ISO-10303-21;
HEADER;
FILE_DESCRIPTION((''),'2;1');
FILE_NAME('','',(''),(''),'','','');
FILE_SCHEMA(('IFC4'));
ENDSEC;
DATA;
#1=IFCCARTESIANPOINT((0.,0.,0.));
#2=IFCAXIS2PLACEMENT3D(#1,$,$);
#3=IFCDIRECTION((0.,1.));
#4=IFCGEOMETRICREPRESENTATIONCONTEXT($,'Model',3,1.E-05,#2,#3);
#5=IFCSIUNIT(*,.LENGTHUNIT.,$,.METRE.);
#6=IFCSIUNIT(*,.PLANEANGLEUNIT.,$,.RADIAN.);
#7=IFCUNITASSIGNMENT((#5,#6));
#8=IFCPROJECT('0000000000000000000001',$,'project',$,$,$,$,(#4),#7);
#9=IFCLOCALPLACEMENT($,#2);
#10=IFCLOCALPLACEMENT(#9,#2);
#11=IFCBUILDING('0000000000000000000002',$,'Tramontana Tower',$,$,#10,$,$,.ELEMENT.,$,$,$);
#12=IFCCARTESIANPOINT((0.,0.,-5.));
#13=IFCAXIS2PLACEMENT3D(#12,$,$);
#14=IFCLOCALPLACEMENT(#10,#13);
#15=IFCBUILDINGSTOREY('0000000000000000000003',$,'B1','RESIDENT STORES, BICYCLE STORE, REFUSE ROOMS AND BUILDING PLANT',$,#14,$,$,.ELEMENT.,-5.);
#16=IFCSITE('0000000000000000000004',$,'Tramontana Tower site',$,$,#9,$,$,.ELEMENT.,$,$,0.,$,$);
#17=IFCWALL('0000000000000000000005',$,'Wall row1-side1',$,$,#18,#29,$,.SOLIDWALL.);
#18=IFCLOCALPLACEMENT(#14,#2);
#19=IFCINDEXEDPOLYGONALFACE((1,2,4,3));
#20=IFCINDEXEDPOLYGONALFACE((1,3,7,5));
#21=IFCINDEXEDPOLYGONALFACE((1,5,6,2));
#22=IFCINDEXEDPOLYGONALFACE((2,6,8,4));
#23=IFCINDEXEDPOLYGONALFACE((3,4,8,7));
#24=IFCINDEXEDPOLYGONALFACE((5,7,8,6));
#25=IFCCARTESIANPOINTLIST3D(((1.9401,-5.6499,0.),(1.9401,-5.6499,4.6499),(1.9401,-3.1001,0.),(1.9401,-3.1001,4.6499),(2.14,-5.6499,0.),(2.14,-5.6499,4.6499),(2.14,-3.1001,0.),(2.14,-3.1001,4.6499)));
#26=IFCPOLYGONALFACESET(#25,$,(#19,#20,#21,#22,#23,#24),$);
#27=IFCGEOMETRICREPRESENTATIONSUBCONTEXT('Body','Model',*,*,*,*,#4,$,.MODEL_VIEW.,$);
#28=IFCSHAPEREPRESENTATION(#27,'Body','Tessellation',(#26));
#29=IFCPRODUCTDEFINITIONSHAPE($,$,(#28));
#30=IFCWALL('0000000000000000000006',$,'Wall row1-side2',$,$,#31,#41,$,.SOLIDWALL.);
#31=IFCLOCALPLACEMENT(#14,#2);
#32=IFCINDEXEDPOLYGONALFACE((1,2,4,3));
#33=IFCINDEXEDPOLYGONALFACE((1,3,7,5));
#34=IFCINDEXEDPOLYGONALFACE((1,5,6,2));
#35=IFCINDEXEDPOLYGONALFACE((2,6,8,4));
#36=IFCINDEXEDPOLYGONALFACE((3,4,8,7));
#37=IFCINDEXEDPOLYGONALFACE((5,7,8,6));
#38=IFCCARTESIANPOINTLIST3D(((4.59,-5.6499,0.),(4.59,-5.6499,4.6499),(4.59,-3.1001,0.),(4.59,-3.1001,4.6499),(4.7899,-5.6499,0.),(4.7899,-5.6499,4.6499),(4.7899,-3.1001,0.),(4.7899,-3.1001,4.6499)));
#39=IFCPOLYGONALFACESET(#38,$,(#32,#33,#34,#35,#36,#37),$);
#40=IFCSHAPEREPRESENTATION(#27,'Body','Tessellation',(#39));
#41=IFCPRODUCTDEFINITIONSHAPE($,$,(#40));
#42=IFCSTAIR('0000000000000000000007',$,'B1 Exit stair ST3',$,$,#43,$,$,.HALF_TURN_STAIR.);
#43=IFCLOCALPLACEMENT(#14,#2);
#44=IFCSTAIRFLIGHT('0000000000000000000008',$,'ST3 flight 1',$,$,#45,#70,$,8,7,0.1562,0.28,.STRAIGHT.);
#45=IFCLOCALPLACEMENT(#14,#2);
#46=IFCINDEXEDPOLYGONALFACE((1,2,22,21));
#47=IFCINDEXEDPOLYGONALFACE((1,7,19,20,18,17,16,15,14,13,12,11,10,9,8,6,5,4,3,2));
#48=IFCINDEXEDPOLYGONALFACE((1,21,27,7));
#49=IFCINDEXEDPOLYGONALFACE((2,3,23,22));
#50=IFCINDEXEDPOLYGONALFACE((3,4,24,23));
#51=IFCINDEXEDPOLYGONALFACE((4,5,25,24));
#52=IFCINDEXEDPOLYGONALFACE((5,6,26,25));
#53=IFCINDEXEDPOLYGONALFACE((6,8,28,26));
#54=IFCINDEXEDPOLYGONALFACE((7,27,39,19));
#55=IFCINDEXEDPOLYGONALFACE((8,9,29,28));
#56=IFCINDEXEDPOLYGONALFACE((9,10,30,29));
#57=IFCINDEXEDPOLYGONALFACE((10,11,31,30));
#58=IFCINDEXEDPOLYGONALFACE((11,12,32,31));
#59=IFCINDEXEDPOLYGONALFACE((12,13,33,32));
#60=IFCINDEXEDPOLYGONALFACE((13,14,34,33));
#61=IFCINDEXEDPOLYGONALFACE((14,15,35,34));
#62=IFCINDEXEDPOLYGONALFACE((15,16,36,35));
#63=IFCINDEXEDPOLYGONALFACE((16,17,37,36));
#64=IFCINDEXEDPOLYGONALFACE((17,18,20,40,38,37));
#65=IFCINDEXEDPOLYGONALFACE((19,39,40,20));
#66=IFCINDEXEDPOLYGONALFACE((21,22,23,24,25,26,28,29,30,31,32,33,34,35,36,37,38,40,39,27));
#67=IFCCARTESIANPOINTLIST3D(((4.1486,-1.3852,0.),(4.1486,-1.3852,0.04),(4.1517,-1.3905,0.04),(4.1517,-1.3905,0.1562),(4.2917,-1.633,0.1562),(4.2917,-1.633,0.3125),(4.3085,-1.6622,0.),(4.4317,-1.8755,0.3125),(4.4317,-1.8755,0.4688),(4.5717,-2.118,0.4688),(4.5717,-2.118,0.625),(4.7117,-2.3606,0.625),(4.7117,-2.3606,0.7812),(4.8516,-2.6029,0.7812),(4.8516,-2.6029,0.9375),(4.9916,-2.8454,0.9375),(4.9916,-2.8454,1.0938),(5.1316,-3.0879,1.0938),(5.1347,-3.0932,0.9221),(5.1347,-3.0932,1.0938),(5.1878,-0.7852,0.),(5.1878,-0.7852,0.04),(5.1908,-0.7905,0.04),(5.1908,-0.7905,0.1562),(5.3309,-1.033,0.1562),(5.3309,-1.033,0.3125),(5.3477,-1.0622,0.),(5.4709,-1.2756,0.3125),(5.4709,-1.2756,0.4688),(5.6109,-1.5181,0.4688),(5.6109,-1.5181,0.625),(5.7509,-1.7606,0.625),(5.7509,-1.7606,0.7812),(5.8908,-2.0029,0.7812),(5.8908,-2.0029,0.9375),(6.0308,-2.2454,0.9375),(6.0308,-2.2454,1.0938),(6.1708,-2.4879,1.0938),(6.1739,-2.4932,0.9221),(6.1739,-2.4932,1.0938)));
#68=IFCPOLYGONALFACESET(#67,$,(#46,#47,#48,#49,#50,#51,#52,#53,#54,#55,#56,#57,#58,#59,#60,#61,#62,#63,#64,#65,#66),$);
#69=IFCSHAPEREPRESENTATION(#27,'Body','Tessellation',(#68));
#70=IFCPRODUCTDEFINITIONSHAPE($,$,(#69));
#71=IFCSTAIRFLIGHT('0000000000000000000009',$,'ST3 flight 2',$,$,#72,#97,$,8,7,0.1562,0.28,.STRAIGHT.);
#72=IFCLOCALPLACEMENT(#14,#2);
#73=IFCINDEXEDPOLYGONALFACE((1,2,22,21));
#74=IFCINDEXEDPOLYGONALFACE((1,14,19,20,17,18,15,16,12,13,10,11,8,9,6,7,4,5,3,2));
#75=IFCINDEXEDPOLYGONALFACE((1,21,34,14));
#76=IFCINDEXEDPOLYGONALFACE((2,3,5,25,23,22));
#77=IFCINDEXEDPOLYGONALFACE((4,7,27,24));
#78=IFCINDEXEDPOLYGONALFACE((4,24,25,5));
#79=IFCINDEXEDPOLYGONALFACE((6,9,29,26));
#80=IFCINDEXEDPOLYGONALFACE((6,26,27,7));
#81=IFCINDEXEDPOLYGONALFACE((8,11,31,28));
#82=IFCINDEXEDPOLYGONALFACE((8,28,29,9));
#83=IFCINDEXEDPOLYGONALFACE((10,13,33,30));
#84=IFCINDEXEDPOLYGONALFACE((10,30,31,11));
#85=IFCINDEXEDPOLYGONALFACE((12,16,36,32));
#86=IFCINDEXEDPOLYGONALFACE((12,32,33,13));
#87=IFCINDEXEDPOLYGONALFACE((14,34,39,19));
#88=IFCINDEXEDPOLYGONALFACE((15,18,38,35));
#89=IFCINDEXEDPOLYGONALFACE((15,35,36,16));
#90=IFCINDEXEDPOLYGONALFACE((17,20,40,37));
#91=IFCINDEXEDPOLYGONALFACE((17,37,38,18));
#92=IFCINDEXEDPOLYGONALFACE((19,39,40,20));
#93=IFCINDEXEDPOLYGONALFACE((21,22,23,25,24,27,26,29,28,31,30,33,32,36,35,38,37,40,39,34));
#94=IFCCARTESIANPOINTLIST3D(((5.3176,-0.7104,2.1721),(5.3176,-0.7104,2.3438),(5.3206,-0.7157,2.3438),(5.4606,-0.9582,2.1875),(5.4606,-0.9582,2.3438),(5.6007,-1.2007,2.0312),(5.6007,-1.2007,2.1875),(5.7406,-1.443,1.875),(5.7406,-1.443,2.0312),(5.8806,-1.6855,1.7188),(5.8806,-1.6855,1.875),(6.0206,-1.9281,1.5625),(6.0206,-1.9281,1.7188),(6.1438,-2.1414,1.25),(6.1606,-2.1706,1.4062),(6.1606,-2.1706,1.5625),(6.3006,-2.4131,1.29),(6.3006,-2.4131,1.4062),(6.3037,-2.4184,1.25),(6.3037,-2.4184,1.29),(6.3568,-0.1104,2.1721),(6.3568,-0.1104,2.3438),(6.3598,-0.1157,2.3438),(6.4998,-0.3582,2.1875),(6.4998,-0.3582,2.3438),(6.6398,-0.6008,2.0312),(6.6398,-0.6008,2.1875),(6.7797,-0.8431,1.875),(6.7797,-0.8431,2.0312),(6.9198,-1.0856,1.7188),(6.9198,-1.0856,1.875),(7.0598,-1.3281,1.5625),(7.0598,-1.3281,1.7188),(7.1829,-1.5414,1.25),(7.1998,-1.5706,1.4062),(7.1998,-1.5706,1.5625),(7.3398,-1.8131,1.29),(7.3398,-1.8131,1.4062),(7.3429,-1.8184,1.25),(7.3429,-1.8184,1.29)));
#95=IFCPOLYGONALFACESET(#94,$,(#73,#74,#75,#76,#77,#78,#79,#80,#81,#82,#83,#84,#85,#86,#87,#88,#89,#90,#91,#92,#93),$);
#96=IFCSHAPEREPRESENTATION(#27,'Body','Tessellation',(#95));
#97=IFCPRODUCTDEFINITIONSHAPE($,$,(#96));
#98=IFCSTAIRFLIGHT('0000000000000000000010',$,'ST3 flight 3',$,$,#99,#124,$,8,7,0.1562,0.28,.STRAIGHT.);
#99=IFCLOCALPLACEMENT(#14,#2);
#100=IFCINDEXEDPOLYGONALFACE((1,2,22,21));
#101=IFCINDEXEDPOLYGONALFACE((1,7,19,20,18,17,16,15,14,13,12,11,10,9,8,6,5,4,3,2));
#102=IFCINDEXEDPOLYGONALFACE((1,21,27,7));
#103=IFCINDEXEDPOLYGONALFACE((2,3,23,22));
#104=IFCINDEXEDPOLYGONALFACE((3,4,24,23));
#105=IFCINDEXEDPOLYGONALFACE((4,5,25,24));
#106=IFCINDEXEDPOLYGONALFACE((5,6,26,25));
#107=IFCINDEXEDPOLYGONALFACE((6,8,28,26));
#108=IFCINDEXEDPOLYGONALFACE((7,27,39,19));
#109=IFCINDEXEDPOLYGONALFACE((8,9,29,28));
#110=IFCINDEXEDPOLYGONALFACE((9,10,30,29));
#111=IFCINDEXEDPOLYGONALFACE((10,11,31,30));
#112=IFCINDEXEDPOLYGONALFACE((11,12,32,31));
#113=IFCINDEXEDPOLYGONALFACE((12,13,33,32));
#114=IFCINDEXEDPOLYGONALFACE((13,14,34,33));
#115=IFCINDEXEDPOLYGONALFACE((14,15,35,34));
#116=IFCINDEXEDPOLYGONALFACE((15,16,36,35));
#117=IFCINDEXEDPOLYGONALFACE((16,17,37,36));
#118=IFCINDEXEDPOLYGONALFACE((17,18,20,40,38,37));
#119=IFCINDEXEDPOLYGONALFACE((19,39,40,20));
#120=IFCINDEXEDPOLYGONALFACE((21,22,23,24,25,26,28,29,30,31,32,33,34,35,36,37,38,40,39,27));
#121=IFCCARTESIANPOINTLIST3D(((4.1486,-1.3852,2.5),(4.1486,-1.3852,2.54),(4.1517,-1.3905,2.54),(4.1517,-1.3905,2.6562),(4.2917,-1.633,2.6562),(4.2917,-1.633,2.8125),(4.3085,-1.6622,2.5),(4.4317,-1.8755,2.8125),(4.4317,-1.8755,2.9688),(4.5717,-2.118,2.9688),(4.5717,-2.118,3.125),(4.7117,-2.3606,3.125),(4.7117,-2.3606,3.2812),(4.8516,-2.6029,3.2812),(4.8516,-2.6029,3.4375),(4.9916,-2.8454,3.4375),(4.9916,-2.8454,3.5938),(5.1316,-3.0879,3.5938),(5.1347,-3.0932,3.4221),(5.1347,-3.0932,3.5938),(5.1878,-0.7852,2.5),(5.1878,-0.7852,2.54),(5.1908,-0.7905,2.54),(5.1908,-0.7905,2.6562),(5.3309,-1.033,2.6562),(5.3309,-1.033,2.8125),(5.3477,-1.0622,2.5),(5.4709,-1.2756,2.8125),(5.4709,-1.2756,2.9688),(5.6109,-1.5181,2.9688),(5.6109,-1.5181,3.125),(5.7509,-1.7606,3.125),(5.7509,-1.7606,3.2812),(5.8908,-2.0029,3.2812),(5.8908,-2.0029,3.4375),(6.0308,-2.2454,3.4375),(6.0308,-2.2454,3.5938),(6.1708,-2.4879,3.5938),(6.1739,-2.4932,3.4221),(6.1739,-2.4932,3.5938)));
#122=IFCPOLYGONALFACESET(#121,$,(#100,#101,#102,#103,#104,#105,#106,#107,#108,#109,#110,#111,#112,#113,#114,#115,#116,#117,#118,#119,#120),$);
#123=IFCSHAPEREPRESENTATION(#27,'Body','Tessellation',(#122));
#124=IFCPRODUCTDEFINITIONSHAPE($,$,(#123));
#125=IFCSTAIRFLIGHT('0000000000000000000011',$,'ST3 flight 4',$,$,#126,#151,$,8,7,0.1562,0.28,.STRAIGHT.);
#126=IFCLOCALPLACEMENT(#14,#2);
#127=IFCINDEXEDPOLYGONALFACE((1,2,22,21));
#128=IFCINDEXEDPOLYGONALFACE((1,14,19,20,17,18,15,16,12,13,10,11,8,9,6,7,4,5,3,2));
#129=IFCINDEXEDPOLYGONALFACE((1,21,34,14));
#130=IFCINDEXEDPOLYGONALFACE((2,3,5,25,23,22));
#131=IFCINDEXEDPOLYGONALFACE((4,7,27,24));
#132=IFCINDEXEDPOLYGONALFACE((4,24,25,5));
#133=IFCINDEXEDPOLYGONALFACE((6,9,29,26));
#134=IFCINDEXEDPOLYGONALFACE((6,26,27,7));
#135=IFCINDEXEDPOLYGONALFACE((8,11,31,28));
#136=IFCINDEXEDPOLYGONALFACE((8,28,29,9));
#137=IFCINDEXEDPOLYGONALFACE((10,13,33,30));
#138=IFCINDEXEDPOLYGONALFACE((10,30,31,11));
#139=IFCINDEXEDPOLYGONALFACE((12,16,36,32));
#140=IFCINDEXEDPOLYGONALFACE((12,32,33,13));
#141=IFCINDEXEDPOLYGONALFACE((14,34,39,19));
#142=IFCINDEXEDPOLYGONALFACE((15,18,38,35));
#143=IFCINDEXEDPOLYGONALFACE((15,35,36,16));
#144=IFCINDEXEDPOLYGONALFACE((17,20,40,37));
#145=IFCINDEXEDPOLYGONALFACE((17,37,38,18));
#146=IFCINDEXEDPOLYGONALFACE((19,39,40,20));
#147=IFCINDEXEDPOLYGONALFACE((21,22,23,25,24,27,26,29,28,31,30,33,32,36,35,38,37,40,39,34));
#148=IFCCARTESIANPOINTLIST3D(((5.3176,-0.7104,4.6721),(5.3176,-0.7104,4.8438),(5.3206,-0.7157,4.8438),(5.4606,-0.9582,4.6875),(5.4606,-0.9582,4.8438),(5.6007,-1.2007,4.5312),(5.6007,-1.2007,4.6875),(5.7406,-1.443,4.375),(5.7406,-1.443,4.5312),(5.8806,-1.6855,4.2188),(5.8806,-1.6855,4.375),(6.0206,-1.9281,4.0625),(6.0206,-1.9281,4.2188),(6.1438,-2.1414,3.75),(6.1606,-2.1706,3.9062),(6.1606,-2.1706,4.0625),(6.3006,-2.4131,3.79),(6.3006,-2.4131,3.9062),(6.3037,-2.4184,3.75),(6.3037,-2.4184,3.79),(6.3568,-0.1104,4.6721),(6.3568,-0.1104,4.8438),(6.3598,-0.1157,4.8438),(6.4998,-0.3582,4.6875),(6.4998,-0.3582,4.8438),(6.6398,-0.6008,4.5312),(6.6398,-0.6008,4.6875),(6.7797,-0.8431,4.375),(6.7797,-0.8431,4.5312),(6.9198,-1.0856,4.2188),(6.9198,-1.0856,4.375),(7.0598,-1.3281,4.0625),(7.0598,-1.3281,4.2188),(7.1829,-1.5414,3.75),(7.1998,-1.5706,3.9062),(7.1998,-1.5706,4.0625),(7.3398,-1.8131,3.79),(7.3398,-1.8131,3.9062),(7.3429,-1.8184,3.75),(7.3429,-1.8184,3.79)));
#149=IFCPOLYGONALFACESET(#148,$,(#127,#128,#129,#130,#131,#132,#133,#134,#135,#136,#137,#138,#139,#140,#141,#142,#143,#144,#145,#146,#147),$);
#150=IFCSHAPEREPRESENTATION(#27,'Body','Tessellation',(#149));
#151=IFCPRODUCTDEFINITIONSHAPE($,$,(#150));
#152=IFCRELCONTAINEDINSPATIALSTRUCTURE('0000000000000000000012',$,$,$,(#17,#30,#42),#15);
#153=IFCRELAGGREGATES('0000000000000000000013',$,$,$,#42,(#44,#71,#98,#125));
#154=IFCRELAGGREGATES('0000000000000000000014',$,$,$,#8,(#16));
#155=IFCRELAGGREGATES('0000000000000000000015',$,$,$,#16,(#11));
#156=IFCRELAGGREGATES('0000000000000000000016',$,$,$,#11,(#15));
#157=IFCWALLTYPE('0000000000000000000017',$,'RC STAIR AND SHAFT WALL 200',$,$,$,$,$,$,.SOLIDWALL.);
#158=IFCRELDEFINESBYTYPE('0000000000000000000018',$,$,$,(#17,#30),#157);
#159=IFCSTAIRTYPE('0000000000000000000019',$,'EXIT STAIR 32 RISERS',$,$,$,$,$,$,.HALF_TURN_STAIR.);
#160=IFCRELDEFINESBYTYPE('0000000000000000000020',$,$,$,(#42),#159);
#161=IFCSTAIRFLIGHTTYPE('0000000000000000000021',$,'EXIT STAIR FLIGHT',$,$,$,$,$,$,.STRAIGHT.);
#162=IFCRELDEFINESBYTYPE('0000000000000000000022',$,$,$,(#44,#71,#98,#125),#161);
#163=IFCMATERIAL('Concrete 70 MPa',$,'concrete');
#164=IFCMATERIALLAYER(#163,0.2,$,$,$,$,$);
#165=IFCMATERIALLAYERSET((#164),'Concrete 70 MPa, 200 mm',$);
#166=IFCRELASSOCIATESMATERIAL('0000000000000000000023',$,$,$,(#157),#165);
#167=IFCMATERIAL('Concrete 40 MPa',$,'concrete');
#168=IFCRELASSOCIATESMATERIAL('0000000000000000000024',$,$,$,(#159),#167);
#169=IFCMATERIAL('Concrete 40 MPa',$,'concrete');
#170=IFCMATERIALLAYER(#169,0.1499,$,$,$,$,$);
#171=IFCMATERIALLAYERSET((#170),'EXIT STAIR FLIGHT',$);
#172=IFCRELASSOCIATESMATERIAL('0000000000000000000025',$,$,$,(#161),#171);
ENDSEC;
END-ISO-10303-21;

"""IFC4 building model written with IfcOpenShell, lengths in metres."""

from ifc_helpers import new_model, si_unit, direction, frame, frame_2d, origin, place, context, subcontext, project, spatial, polyline, rectangle, outline, extrude, material, layer, layer_set, type_object, element, aggregate, save


model = new_model("IFC4")

# Units and contexts
model_context = context("Model", 3, precision=1e-05, world=origin(), true_north=direction((0.0, 1.0)))
body_context = subcontext(model_context, "Body", "Model", "MODEL_VIEW")
ifc_project = project(units=[si_unit("LENGTHUNIT", "METRE"), si_unit("PLANEANGLEUNIT", "RADIAN")], contexts=[model_context])

# Site, building, storey
site_placement = place(None, origin())
site = spatial("IfcSite", under=ifc_project, at=site_placement, Name="Tramontana Tower site", CompositionType="ELEMENT", RefElevation=0.0)
building_placement = place(site_placement, origin())
building = spatial("IfcBuilding", under=site, at=building_placement, Name="Tramontana Tower", CompositionType="ELEMENT")
storey_placement = place(building_placement, frame((0.0, 0.0, -5.0)))
storey = spatial("IfcBuildingStorey", under=building, at=storey_placement, Name="B1", Description="RESIDENT STORES, BICYCLE STORE, REFUSE ROOMS AND BUILDING PLANT", CompositionType="ELEMENT", Elevation=-5.0)

# Walls
ifc_material_1 = material(Name="Concrete 70 MPa", Category="concrete")
ifc_layer_1 = layer(ifc_material_1, 0.2)
ifc_layer_set_1 = layer_set([ifc_layer_1], Name="Concrete 70 MPa, 200 mm")
wall_type_1 = type_object("IfcWallType", Name="RC STAIR AND SHAFT WALL 200", PredefinedType="SOLIDWALL", material=ifc_layer_set_1)
for number, where, z_axis, x_axis, name in (
    (1, (2.04, -3.1001, 0.0), (0.0, 0.0, 1.0), (0.0, -1.0, 0.0), "Wall row1-side1"),
    (2, (4.6899, -3.1001, 0.0), (0.0, 0.0, 1.0), (0.0, -1.0, 0.0), "Wall row1-side2"),
):
    element("IfcWall", number, at=place(storey_placement, frame(where, z_axis=z_axis, x_axis=x_axis)), inside=storey, type_object=wall_type_1, Name=name, PredefinedType="SOLIDWALL", context=body_context, shape_type="SweptSolid", body=[
        extrude(rectangle(XDim=2.5498, YDim=0.2, at=frame_2d((1.2749, 0.0))), origin(), (0.0, 0.0, 1.0), 4.6499),
    ])

# Stair, stair flights
ifc_material_2 = material(Name="Concrete 40 MPa", Category="concrete")
stair_type = type_object("IfcStairType", Name="EXIT STAIR 32 RISERS", PredefinedType="HALF_TURN_STAIR", material=ifc_material_2)
stair_placement = place(storey_placement, origin())
stair = element("IfcStair", 3, at=stair_placement, inside=storey, type_object=stair_type, Name="B1 Exit stair ST3", PredefinedType="HALF_TURN_STAIR")
ifc_material_3 = material(Name="Concrete 40 MPa", Category="concrete")
ifc_layer_2 = layer(ifc_material_3, 0.1499)
ifc_layer_set_2 = layer_set([ifc_layer_2], Name="EXIT STAIR FLIGHT")
stair_flight_type = type_object("IfcStairFlightType", Name="EXIT STAIR FLIGHT", PredefinedType="STRAIGHT", material=ifc_layer_set_2)
stair_flight_1_placement = place(storey_placement, frame((4.6711, -1.0906, 0.0), z_axis=(0.0, 0.0, 1.0), x_axis=(0.5, -0.866025, 0.0)))
stair_flight_1 = element("IfcStairFlight", 4, at=stair_flight_1_placement, type_object=stair_flight_type, Name="ST3 flight 1", NumberOfRisers=8, NumberOfTreads=7, PredefinedType="STRAIGHT", RiserHeight=0.1562, TreadLength=0.28, context=body_context, shape_type="SweptSolid", body=[
    extrude(outline(polyline([(-0.0061, 0.0), (-0.0061, 0.04), (0.0, 0.04), (0.0, 0.1562), (0.28, 0.1562), (0.28, 0.3125), (0.5601, 0.3125), (0.5601, 0.4688), (0.8401, 0.4688), (0.8401, 0.625), (1.1201, 0.625), (1.1201, 0.7812), (1.3999, 0.7812), (1.3999, 0.9375), (1.6799, 0.9375), (1.6799, 1.0938), (1.96, 1.0938), (1.9661, 1.0938), (1.9661, 0.9221), (0.3137, 0.0), (-0.0061, 0.0)])), frame((0.0, 0.6001, 0.0), z_axis=(0.0, -1.0, 0.0), x_axis=(1.0, 0.0, 0.0)), (0.0, 0.0, 1.0), 1.2),
])
stair_flight_2_placement = place(storey_placement, frame((6.8203, -2.113, 1.25), z_axis=(0.0, 0.0, 1.0), x_axis=(-0.5, 0.866025, 0.0)))
stair_flight_2 = element("IfcStairFlight", 5, at=stair_flight_2_placement, type_object=stair_flight_type, Name="ST3 flight 2", NumberOfRisers=8, NumberOfTreads=7, PredefinedType="STRAIGHT", RiserHeight=0.1562, TreadLength=0.28, context=body_context, shape_type="SweptSolid", body=[
    extrude(outline(polyline([(-0.0061, 0.0), (-0.0061, 0.04), (0.0, 0.04), (0.0, 0.1562), (0.28, 0.1562), (0.28, 0.3125), (0.5601, 0.3125), (0.5601, 0.4688), (0.8401, 0.4688), (0.8401, 0.625), (1.1201, 0.625), (1.1201, 0.7812), (1.3999, 0.7812), (1.3999, 0.9375), (1.6799, 0.9375), (1.6799, 1.0938), (1.96, 1.0938), (1.9661, 1.0938), (1.9661, 0.9221), (0.3137, 0.0), (-0.0061, 0.0)])), frame((0.0, 0.6001, 0.0), z_axis=(0.0, -1.0, 0.0), x_axis=(1.0, 0.0, 0.0)), (0.0, 0.0, 1.0), 1.2),
])
stair_flight_3_placement = place(storey_placement, frame((4.6711, -1.0906, 2.5), z_axis=(0.0, 0.0, 1.0), x_axis=(0.5, -0.866025, 0.0)))
stair_flight_3 = element("IfcStairFlight", 6, at=stair_flight_3_placement, type_object=stair_flight_type, Name="ST3 flight 3", NumberOfRisers=8, NumberOfTreads=7, PredefinedType="STRAIGHT", RiserHeight=0.1562, TreadLength=0.28, context=body_context, shape_type="SweptSolid", body=[
    extrude(outline(polyline([(-0.0061, 0.0), (-0.0061, 0.04), (0.0, 0.04), (0.0, 0.1562), (0.28, 0.1562), (0.28, 0.3125), (0.5601, 0.3125), (0.5601, 0.4688), (0.8401, 0.4688), (0.8401, 0.625), (1.1201, 0.625), (1.1201, 0.7812), (1.3999, 0.7812), (1.3999, 0.9375), (1.6799, 0.9375), (1.6799, 1.0938), (1.96, 1.0938), (1.9661, 1.0938), (1.9661, 0.9221), (0.3137, 0.0), (-0.0061, 0.0)])), frame((0.0, 0.6001, 0.0), z_axis=(0.0, -1.0, 0.0), x_axis=(1.0, 0.0, 0.0)), (0.0, 0.0, 1.0), 1.2),
])
stair_flight_4_placement = place(storey_placement, frame((6.8203, -2.113, 3.75), z_axis=(0.0, 0.0, 1.0), x_axis=(-0.5, 0.866025, 0.0)))
stair_flight_4 = element("IfcStairFlight", 7, at=stair_flight_4_placement, type_object=stair_flight_type, Name="ST3 flight 4", NumberOfRisers=8, NumberOfTreads=7, PredefinedType="STRAIGHT", RiserHeight=0.1562, TreadLength=0.28, context=body_context, shape_type="SweptSolid", body=[
    extrude(outline(polyline([(-0.0061, 0.0), (-0.0061, 0.04), (0.0, 0.04), (0.0, 0.1562), (0.28, 0.1562), (0.28, 0.3125), (0.5601, 0.3125), (0.5601, 0.4688), (0.8401, 0.4688), (0.8401, 0.625), (1.1201, 0.625), (1.1201, 0.7812), (1.3999, 0.7812), (1.3999, 0.9375), (1.6799, 0.9375), (1.6799, 1.0938), (1.96, 1.0938), (1.9661, 1.0938), (1.9661, 0.9221), (0.3137, 0.0), (-0.0061, 0.0)])), frame((0.0, 0.6001, 0.0), z_axis=(0.0, -1.0, 0.0), x_axis=(1.0, 0.0, 0.0)), (0.0, 0.0, 1.0), 1.2),
])
aggregate(stair, [stair_flight_1, stair_flight_2, stair_flight_3, stair_flight_4])

save(model, "model.ifc")
